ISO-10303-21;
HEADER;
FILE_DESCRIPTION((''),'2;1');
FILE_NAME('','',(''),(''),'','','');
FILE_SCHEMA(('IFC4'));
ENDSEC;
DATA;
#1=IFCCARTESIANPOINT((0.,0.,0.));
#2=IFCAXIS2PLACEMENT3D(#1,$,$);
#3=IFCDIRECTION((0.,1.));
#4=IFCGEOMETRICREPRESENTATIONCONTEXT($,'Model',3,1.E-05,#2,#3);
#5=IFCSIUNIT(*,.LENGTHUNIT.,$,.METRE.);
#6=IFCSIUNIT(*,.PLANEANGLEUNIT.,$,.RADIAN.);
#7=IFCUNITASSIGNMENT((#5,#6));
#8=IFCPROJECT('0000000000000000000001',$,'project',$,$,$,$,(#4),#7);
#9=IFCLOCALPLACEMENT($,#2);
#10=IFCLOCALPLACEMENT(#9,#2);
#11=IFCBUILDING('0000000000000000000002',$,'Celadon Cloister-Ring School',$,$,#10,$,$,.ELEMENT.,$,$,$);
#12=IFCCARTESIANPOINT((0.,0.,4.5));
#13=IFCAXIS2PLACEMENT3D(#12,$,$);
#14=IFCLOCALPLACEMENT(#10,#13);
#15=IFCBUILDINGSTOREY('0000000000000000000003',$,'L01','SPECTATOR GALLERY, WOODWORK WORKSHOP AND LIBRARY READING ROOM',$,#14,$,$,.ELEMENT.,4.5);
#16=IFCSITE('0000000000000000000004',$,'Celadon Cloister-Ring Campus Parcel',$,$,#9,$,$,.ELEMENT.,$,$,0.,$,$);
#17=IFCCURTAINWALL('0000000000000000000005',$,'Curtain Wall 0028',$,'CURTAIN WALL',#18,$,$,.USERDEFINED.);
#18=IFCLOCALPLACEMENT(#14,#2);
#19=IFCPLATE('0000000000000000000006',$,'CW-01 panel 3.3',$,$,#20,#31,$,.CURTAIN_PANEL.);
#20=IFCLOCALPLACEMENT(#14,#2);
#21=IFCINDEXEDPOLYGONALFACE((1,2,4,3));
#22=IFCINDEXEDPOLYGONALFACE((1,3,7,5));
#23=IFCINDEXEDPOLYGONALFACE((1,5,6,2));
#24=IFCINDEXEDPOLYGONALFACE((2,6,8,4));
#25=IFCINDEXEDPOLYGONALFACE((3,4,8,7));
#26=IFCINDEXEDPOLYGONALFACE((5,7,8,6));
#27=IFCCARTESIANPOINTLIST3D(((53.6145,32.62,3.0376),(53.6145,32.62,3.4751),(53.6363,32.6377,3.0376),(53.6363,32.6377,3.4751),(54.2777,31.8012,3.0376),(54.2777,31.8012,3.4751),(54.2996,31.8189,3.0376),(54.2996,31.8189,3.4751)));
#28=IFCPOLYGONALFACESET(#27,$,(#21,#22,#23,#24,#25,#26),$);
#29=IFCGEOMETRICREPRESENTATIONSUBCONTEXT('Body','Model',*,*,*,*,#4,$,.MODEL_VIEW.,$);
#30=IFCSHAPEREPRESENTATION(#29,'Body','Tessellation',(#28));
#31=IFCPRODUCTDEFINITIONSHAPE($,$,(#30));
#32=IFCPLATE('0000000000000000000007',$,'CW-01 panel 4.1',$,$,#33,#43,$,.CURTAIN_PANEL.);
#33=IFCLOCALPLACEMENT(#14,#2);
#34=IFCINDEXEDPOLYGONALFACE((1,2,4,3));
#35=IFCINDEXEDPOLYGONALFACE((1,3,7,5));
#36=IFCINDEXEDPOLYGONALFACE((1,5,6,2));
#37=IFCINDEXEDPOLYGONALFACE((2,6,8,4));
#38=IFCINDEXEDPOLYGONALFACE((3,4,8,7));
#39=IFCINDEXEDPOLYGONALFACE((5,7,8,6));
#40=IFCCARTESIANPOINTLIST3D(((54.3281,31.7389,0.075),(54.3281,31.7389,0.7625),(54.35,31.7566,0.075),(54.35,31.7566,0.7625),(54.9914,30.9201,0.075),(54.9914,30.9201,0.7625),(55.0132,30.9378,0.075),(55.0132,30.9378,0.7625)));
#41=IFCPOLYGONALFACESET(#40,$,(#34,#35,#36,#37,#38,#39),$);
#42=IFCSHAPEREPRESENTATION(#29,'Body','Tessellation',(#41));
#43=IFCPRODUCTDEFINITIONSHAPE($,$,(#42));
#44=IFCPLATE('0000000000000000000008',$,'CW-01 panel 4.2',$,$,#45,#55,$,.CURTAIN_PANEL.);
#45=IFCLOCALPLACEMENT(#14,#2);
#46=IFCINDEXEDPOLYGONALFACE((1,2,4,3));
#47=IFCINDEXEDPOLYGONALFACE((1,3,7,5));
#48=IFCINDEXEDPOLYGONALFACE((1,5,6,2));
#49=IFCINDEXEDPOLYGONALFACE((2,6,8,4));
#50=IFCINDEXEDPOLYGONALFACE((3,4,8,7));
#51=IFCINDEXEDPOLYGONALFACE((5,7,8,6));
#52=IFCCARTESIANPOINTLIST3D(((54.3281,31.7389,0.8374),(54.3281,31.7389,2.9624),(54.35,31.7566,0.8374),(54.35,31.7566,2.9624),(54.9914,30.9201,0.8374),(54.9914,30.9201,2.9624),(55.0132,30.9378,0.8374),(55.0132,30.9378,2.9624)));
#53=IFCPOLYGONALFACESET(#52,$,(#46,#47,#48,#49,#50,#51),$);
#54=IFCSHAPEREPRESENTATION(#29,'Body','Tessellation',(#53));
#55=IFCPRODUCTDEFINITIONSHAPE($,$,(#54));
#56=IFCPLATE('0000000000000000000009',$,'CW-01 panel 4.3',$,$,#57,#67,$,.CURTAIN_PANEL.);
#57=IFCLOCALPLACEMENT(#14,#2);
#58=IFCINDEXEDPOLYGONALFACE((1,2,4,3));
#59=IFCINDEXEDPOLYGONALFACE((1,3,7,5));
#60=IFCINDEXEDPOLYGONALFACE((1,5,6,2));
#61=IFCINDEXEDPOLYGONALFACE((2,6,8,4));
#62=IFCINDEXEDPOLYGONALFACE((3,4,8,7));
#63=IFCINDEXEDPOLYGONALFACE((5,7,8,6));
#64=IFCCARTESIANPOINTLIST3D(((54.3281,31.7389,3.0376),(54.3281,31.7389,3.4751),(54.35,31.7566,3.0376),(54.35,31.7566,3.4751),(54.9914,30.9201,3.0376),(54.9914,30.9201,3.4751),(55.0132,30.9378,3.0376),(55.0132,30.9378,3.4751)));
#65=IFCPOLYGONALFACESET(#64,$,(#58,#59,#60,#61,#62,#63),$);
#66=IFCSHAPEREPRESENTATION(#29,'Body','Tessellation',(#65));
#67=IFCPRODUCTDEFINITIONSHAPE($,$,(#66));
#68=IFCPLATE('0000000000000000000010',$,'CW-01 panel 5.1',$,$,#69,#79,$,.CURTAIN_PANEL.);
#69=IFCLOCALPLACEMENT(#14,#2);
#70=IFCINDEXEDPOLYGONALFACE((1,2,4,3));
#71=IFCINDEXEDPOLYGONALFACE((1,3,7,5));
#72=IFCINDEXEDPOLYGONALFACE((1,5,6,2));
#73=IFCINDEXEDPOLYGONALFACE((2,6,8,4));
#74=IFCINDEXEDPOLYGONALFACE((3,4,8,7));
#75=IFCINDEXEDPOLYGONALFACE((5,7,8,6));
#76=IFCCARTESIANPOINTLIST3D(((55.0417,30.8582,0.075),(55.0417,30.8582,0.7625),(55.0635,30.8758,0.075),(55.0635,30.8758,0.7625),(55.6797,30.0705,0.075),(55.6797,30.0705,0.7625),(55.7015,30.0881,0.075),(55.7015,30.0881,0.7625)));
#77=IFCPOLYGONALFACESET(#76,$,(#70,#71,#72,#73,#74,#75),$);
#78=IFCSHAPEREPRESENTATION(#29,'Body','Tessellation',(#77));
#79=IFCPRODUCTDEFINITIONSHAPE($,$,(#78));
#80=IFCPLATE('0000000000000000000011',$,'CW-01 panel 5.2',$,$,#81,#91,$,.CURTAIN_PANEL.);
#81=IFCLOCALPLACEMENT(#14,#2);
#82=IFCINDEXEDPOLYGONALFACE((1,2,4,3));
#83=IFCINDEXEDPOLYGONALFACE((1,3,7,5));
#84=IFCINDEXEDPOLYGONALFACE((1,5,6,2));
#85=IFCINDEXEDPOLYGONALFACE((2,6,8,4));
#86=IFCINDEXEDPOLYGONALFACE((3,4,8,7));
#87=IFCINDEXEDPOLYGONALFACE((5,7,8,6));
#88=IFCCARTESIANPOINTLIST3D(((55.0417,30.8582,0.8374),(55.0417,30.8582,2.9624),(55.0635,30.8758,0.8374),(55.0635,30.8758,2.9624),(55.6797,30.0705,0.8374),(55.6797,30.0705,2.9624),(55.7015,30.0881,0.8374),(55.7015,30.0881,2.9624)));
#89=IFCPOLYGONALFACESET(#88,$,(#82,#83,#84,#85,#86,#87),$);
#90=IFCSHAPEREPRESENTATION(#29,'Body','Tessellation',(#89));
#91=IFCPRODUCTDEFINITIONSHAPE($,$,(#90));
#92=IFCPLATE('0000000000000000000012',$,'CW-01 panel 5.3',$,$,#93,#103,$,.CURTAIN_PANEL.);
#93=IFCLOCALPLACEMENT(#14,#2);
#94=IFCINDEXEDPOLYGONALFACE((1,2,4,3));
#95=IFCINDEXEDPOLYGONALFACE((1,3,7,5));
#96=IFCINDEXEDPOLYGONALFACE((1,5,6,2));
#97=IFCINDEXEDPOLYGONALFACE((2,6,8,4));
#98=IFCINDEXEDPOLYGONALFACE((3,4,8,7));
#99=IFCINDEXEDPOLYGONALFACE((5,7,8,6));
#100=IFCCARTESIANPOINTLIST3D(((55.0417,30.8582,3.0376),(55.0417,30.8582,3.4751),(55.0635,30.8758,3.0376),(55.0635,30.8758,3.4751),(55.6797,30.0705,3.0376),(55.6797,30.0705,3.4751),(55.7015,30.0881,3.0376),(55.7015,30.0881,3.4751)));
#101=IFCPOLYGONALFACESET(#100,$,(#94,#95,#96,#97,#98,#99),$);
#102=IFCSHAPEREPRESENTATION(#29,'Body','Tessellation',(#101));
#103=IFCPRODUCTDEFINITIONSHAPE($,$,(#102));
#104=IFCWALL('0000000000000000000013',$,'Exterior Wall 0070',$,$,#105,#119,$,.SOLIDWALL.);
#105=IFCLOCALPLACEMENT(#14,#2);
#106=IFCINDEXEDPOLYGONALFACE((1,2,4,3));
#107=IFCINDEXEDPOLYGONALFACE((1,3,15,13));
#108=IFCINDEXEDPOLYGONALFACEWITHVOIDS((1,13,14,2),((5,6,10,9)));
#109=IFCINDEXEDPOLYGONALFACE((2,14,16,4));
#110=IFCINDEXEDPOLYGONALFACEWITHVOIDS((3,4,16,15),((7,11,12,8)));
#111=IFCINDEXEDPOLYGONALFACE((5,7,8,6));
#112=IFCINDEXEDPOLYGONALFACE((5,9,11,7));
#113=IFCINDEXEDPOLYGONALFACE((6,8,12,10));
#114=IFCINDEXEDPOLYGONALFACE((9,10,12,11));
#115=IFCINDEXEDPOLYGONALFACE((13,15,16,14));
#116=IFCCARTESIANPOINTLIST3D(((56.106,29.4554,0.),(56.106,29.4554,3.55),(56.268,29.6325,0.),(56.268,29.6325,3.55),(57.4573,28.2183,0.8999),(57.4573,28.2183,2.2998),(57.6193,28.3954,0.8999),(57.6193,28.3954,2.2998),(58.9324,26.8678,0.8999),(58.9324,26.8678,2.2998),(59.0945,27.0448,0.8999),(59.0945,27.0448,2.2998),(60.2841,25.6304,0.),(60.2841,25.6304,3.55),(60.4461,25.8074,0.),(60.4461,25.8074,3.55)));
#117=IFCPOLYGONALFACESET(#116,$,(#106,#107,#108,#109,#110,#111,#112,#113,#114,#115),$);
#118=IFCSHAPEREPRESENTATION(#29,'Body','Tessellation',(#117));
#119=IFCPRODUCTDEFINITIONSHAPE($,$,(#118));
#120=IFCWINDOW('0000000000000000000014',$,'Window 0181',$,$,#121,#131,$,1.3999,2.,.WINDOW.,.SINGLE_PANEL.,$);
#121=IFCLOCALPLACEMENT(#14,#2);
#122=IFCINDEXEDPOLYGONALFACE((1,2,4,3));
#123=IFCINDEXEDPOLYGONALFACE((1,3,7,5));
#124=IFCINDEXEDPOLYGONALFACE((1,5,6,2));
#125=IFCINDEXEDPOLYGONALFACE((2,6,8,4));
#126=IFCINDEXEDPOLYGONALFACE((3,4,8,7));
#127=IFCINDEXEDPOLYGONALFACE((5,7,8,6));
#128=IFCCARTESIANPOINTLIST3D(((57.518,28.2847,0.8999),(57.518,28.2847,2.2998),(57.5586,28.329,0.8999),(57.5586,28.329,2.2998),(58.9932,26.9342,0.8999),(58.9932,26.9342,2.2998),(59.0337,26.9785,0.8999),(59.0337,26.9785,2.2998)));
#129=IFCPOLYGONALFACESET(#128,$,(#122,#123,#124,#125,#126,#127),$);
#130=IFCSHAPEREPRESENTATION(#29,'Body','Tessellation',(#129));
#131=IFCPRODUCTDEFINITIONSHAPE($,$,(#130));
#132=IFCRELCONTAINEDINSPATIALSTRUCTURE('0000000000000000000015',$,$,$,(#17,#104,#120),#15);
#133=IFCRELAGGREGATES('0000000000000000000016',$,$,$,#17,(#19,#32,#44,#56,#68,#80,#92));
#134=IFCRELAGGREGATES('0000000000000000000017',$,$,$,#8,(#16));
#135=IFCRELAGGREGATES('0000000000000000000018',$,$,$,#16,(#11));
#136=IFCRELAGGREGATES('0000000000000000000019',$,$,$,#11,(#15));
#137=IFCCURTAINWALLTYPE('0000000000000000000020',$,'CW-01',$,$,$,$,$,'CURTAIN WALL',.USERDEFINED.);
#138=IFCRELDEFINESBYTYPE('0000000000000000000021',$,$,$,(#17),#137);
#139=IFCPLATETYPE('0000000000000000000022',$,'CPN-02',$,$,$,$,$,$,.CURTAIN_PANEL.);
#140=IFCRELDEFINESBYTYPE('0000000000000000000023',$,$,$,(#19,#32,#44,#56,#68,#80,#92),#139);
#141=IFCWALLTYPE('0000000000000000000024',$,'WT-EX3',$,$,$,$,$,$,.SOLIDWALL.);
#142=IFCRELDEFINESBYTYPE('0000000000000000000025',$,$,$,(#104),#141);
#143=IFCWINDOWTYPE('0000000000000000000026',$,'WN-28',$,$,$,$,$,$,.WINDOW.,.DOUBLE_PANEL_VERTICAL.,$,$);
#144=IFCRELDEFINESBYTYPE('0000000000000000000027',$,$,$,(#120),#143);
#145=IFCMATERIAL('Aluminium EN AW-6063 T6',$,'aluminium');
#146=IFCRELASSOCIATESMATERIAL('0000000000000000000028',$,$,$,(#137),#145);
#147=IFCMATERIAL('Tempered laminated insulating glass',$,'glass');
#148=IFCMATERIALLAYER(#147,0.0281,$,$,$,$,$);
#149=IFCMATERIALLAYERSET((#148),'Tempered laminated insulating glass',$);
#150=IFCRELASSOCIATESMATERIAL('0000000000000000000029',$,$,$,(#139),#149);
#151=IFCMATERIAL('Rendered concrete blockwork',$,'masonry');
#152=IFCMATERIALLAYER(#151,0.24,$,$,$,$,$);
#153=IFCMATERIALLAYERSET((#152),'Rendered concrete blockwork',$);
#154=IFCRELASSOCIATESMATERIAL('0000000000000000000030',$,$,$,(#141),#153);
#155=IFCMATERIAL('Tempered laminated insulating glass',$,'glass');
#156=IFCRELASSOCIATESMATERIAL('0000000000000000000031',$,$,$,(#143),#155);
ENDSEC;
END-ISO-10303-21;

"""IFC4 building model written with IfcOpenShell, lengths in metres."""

from ifc_helpers import new_model, si_unit, direction, frame, frame_2d, origin, origin_2d, place, context, subcontext, project, spatial, rectangle, extrude, material, layer, layer_set, type_object, element, fill, aggregate, save


model = new_model("IFC4")

# Units and contexts
model_context = context("Model", 3, precision=1e-05, world=origin(), true_north=direction((0.0, 1.0)))
body_context = subcontext(model_context, "Body", "Model", "MODEL_VIEW")
ifc_project = project(units=[si_unit("LENGTHUNIT", "METRE"), si_unit("PLANEANGLEUNIT", "RADIAN")], contexts=[model_context])

# Site, building, storey
site_placement = place(None, origin())
site = spatial("IfcSite", under=ifc_project, at=site_placement, Name="Celadon Cloister-Ring Campus Parcel", CompositionType="ELEMENT", RefElevation=0.0)
building_placement = place(site_placement, origin())
building = spatial("IfcBuilding", under=site, at=building_placement, Name="Celadon Cloister-Ring School", CompositionType="ELEMENT")
storey_placement = place(building_placement, frame((0.0, 0.0, 4.5)))
storey = spatial("IfcBuildingStorey", under=building, at=storey_placement, Name="L01", Description="SPECTATOR GALLERY, WOODWORK WORKSHOP AND LIBRARY READING ROOM", CompositionType="ELEMENT", Elevation=4.5)

# Curtain wall
ifc_material_1 = material(Name="Aluminium EN AW-6063 T6", Category="aluminium")
curtain_wall_type = type_object("IfcCurtainWallType", Name="CW-01", ElementType="CURTAIN WALL", PredefinedType="USERDEFINED", material=ifc_material_1)
curtain_wall_placement = place(storey_placement, origin())
curtain_wall = element("IfcCurtainWall", 1, at=curtain_wall_placement, inside=storey, type_object=curtain_wall_type, Name="Curtain Wall 0028", ObjectType="CURTAIN WALL", PredefinedType="USERDEFINED")

# Plates
ifc_material_2 = material(Name="Tempered laminated insulating glass", Category="glass")
ifc_layer_1 = layer(ifc_material_2, 0.0281)
ifc_layer_set_1 = layer_set([ifc_layer_1], Name="Tempered laminated insulating glass")
plate_type = type_object("IfcPlateType", Name="CPN-02", PredefinedType="CURTAIN_PANEL", material=ifc_layer_set_1)
plate_1_placement = place(storey_placement, frame((53.957, 32.2195, 3.0376), z_axis=(0.0, 0.0, 1.0), x_axis=(0.629416, -0.777068, 0.0)))
plate_1 = element("IfcPlate", 2, at=plate_1_placement, type_object=plate_type, Name="CW-01 panel 3.3", PredefinedType="CURTAIN_PANEL", context=body_context, shape_type="SweptSolid", body=[
    extrude(rectangle(XDim=1.0537, YDim=0.0281, at=origin_2d()), origin(), (0.0, 0.0, 1.0), 0.4375),
])
plate_2_placement = place(storey_placement, frame((54.6707, 31.3384, 0.075), z_axis=(0.0, 0.0, 1.0), x_axis=(0.629416, -0.777068, 0.0)))
plate_2 = element("IfcPlate", 3, at=plate_2_placement, type_object=plate_type, Name="CW-01 panel 4.1", PredefinedType="CURTAIN_PANEL", context=body_context, shape_type="SweptSolid", body=[
    extrude(rectangle(XDim=1.0537, YDim=0.0281, at=origin_2d()), origin(), (0.0, 0.0, 1.0), 0.6875),
])
plate_3_placement = place(storey_placement, frame((54.6707, 31.3384, 0.8374), z_axis=(0.0, 0.0, 1.0), x_axis=(0.629416, -0.777068, 0.0)))
plate_3 = element("IfcPlate", 4, at=plate_3_placement, type_object=plate_type, Name="CW-01 panel 4.2", PredefinedType="CURTAIN_PANEL", context=body_context, shape_type="SweptSolid", body=[
    extrude(rectangle(XDim=1.0537, YDim=0.0281, at=origin_2d()), origin(), (0.0, 0.0, 1.0), 2.125),
])
plate_4_placement = place(storey_placement, frame((54.6707, 31.3384, 3.0376), z_axis=(0.0, 0.0, 1.0), x_axis=(0.629416, -0.777068, 0.0)))
plate_4 = element("IfcPlate", 5, at=plate_4_placement, type_object=plate_type, Name="CW-01 panel 4.3", PredefinedType="CURTAIN_PANEL", context=body_context, shape_type="SweptSolid", body=[
    extrude(rectangle(XDim=1.0537, YDim=0.0281, at=origin_2d()), origin(), (0.0, 0.0, 1.0), 0.4375),
])
plate_5_placement = place(storey_placement, frame((55.3716, 30.4731, 0.075), z_axis=(0.0, 0.0, 1.0), x_axis=(0.629416, -0.777068, 0.0)))
plate_5 = element("IfcPlate", 6, at=plate_5_placement, type_object=plate_type, Name="CW-01 panel 5.1", PredefinedType="CURTAIN_PANEL", context=body_context, shape_type="SweptSolid", body=[
    extrude(rectangle(XDim=1.0137, YDim=0.0281, at=origin_2d()), origin(), (0.0, 0.0, 1.0), 0.6875),
])
plate_6_placement = place(storey_placement, frame((55.3716, 30.4731, 0.8374), z_axis=(0.0, 0.0, 1.0), x_axis=(0.629416, -0.777068, 0.0)))
plate_6 = element("IfcPlate", 7, at=plate_6_placement, type_object=plate_type, Name="CW-01 panel 5.2", PredefinedType="CURTAIN_PANEL", context=body_context, shape_type="SweptSolid", body=[
    extrude(rectangle(XDim=1.0137, YDim=0.0281, at=origin_2d()), origin(), (0.0, 0.0, 1.0), 2.125),
])
plate_7_placement = place(storey_placement, frame((55.3716, 30.4731, 3.0376), z_axis=(0.0, 0.0, 1.0), x_axis=(0.629416, -0.777068, 0.0)))
plate_7 = element("IfcPlate", 8, at=plate_7_placement, type_object=plate_type, Name="CW-01 panel 5.3", PredefinedType="CURTAIN_PANEL", context=body_context, shape_type="SweptSolid", body=[
    extrude(rectangle(XDim=1.0137, YDim=0.0281, at=origin_2d()), origin(), (0.0, 0.0, 1.0), 0.4375),
])
aggregate(curtain_wall, [plate_1, plate_2, plate_3, plate_4, plate_5, plate_6, plate_7])

# Wall, opening, window
ifc_material_3 = material(Name="Rendered concrete blockwork", Category="masonry")
ifc_layer_2 = layer(ifc_material_3, 0.24)
ifc_layer_set_2 = layer_set([ifc_layer_2], Name="Rendered concrete blockwork")
wall_type = type_object("IfcWallType", Name="WT-EX3", PredefinedType="SOLIDWALL", material=ifc_layer_set_2)
wall_placement = place(storey_placement, frame((56.187, 29.5439, 0.0), z_axis=(0.0, 0.0, 1.0), x_axis=(0.737582, -0.675258, 0.0)))
wall = element("IfcWall", 9, at=wall_placement, inside=storey, type_object=wall_type, Name="Exterior Wall 0070", PredefinedType="SOLIDWALL", context=body_context, shape_type="SweptSolid", body=[
    extrude(rectangle(XDim=5.6646, YDim=0.24, at=frame_2d((2.8323, 0.0))), origin(), (0.0, 0.0, 1.0), 3.55),
])
opening_placement = place(wall_placement, frame((1.832, 0.0, 0.8999)))
opening = element("IfcOpeningElement", 10, at=opening_placement, cuts=wall, PredefinedType="OPENING", context=body_context, shape_type="SweptSolid", body=[
    extrude(rectangle(XDim=2.0, YDim=1.3999, at=frame_2d((1.0, 0.7))), frame((0.0, 0.1299, 0.0), z_axis=(0.0, -1.0, 0.0), x_axis=(1.0, 0.0, 0.0)), (0.0, 0.0, 1.0), 0.26),
])
ifc_material_4 = material(Name="Tempered laminated insulating glass", Category="glass")
window_type = type_object("IfcWindowType", Name="WN-28", PartitioningType="DOUBLE_PANEL_VERTICAL", PredefinedType="WINDOW", material=ifc_material_4)
window_placement = place(opening_placement, origin())
window = element("IfcWindow", 11, at=window_placement, inside=storey, type_object=window_type, Name="Window 0181", OverallHeight=1.3999, OverallWidth=2.0, PartitioningType="SINGLE_PANEL", PredefinedType="WINDOW", context=body_context, shape_type="SweptSolid", body=[
    extrude(rectangle(XDim=2.0, YDim=1.3999, at=frame_2d((1.0, 0.7))), frame((0.0, 0.03, 0.0), z_axis=(0.0, -1.0, 0.0), x_axis=(1.0, 0.0, 0.0)), (0.0, 0.0, 1.0), 0.0601),
])
fill(opening, window)

save(model, "model.ifc")
